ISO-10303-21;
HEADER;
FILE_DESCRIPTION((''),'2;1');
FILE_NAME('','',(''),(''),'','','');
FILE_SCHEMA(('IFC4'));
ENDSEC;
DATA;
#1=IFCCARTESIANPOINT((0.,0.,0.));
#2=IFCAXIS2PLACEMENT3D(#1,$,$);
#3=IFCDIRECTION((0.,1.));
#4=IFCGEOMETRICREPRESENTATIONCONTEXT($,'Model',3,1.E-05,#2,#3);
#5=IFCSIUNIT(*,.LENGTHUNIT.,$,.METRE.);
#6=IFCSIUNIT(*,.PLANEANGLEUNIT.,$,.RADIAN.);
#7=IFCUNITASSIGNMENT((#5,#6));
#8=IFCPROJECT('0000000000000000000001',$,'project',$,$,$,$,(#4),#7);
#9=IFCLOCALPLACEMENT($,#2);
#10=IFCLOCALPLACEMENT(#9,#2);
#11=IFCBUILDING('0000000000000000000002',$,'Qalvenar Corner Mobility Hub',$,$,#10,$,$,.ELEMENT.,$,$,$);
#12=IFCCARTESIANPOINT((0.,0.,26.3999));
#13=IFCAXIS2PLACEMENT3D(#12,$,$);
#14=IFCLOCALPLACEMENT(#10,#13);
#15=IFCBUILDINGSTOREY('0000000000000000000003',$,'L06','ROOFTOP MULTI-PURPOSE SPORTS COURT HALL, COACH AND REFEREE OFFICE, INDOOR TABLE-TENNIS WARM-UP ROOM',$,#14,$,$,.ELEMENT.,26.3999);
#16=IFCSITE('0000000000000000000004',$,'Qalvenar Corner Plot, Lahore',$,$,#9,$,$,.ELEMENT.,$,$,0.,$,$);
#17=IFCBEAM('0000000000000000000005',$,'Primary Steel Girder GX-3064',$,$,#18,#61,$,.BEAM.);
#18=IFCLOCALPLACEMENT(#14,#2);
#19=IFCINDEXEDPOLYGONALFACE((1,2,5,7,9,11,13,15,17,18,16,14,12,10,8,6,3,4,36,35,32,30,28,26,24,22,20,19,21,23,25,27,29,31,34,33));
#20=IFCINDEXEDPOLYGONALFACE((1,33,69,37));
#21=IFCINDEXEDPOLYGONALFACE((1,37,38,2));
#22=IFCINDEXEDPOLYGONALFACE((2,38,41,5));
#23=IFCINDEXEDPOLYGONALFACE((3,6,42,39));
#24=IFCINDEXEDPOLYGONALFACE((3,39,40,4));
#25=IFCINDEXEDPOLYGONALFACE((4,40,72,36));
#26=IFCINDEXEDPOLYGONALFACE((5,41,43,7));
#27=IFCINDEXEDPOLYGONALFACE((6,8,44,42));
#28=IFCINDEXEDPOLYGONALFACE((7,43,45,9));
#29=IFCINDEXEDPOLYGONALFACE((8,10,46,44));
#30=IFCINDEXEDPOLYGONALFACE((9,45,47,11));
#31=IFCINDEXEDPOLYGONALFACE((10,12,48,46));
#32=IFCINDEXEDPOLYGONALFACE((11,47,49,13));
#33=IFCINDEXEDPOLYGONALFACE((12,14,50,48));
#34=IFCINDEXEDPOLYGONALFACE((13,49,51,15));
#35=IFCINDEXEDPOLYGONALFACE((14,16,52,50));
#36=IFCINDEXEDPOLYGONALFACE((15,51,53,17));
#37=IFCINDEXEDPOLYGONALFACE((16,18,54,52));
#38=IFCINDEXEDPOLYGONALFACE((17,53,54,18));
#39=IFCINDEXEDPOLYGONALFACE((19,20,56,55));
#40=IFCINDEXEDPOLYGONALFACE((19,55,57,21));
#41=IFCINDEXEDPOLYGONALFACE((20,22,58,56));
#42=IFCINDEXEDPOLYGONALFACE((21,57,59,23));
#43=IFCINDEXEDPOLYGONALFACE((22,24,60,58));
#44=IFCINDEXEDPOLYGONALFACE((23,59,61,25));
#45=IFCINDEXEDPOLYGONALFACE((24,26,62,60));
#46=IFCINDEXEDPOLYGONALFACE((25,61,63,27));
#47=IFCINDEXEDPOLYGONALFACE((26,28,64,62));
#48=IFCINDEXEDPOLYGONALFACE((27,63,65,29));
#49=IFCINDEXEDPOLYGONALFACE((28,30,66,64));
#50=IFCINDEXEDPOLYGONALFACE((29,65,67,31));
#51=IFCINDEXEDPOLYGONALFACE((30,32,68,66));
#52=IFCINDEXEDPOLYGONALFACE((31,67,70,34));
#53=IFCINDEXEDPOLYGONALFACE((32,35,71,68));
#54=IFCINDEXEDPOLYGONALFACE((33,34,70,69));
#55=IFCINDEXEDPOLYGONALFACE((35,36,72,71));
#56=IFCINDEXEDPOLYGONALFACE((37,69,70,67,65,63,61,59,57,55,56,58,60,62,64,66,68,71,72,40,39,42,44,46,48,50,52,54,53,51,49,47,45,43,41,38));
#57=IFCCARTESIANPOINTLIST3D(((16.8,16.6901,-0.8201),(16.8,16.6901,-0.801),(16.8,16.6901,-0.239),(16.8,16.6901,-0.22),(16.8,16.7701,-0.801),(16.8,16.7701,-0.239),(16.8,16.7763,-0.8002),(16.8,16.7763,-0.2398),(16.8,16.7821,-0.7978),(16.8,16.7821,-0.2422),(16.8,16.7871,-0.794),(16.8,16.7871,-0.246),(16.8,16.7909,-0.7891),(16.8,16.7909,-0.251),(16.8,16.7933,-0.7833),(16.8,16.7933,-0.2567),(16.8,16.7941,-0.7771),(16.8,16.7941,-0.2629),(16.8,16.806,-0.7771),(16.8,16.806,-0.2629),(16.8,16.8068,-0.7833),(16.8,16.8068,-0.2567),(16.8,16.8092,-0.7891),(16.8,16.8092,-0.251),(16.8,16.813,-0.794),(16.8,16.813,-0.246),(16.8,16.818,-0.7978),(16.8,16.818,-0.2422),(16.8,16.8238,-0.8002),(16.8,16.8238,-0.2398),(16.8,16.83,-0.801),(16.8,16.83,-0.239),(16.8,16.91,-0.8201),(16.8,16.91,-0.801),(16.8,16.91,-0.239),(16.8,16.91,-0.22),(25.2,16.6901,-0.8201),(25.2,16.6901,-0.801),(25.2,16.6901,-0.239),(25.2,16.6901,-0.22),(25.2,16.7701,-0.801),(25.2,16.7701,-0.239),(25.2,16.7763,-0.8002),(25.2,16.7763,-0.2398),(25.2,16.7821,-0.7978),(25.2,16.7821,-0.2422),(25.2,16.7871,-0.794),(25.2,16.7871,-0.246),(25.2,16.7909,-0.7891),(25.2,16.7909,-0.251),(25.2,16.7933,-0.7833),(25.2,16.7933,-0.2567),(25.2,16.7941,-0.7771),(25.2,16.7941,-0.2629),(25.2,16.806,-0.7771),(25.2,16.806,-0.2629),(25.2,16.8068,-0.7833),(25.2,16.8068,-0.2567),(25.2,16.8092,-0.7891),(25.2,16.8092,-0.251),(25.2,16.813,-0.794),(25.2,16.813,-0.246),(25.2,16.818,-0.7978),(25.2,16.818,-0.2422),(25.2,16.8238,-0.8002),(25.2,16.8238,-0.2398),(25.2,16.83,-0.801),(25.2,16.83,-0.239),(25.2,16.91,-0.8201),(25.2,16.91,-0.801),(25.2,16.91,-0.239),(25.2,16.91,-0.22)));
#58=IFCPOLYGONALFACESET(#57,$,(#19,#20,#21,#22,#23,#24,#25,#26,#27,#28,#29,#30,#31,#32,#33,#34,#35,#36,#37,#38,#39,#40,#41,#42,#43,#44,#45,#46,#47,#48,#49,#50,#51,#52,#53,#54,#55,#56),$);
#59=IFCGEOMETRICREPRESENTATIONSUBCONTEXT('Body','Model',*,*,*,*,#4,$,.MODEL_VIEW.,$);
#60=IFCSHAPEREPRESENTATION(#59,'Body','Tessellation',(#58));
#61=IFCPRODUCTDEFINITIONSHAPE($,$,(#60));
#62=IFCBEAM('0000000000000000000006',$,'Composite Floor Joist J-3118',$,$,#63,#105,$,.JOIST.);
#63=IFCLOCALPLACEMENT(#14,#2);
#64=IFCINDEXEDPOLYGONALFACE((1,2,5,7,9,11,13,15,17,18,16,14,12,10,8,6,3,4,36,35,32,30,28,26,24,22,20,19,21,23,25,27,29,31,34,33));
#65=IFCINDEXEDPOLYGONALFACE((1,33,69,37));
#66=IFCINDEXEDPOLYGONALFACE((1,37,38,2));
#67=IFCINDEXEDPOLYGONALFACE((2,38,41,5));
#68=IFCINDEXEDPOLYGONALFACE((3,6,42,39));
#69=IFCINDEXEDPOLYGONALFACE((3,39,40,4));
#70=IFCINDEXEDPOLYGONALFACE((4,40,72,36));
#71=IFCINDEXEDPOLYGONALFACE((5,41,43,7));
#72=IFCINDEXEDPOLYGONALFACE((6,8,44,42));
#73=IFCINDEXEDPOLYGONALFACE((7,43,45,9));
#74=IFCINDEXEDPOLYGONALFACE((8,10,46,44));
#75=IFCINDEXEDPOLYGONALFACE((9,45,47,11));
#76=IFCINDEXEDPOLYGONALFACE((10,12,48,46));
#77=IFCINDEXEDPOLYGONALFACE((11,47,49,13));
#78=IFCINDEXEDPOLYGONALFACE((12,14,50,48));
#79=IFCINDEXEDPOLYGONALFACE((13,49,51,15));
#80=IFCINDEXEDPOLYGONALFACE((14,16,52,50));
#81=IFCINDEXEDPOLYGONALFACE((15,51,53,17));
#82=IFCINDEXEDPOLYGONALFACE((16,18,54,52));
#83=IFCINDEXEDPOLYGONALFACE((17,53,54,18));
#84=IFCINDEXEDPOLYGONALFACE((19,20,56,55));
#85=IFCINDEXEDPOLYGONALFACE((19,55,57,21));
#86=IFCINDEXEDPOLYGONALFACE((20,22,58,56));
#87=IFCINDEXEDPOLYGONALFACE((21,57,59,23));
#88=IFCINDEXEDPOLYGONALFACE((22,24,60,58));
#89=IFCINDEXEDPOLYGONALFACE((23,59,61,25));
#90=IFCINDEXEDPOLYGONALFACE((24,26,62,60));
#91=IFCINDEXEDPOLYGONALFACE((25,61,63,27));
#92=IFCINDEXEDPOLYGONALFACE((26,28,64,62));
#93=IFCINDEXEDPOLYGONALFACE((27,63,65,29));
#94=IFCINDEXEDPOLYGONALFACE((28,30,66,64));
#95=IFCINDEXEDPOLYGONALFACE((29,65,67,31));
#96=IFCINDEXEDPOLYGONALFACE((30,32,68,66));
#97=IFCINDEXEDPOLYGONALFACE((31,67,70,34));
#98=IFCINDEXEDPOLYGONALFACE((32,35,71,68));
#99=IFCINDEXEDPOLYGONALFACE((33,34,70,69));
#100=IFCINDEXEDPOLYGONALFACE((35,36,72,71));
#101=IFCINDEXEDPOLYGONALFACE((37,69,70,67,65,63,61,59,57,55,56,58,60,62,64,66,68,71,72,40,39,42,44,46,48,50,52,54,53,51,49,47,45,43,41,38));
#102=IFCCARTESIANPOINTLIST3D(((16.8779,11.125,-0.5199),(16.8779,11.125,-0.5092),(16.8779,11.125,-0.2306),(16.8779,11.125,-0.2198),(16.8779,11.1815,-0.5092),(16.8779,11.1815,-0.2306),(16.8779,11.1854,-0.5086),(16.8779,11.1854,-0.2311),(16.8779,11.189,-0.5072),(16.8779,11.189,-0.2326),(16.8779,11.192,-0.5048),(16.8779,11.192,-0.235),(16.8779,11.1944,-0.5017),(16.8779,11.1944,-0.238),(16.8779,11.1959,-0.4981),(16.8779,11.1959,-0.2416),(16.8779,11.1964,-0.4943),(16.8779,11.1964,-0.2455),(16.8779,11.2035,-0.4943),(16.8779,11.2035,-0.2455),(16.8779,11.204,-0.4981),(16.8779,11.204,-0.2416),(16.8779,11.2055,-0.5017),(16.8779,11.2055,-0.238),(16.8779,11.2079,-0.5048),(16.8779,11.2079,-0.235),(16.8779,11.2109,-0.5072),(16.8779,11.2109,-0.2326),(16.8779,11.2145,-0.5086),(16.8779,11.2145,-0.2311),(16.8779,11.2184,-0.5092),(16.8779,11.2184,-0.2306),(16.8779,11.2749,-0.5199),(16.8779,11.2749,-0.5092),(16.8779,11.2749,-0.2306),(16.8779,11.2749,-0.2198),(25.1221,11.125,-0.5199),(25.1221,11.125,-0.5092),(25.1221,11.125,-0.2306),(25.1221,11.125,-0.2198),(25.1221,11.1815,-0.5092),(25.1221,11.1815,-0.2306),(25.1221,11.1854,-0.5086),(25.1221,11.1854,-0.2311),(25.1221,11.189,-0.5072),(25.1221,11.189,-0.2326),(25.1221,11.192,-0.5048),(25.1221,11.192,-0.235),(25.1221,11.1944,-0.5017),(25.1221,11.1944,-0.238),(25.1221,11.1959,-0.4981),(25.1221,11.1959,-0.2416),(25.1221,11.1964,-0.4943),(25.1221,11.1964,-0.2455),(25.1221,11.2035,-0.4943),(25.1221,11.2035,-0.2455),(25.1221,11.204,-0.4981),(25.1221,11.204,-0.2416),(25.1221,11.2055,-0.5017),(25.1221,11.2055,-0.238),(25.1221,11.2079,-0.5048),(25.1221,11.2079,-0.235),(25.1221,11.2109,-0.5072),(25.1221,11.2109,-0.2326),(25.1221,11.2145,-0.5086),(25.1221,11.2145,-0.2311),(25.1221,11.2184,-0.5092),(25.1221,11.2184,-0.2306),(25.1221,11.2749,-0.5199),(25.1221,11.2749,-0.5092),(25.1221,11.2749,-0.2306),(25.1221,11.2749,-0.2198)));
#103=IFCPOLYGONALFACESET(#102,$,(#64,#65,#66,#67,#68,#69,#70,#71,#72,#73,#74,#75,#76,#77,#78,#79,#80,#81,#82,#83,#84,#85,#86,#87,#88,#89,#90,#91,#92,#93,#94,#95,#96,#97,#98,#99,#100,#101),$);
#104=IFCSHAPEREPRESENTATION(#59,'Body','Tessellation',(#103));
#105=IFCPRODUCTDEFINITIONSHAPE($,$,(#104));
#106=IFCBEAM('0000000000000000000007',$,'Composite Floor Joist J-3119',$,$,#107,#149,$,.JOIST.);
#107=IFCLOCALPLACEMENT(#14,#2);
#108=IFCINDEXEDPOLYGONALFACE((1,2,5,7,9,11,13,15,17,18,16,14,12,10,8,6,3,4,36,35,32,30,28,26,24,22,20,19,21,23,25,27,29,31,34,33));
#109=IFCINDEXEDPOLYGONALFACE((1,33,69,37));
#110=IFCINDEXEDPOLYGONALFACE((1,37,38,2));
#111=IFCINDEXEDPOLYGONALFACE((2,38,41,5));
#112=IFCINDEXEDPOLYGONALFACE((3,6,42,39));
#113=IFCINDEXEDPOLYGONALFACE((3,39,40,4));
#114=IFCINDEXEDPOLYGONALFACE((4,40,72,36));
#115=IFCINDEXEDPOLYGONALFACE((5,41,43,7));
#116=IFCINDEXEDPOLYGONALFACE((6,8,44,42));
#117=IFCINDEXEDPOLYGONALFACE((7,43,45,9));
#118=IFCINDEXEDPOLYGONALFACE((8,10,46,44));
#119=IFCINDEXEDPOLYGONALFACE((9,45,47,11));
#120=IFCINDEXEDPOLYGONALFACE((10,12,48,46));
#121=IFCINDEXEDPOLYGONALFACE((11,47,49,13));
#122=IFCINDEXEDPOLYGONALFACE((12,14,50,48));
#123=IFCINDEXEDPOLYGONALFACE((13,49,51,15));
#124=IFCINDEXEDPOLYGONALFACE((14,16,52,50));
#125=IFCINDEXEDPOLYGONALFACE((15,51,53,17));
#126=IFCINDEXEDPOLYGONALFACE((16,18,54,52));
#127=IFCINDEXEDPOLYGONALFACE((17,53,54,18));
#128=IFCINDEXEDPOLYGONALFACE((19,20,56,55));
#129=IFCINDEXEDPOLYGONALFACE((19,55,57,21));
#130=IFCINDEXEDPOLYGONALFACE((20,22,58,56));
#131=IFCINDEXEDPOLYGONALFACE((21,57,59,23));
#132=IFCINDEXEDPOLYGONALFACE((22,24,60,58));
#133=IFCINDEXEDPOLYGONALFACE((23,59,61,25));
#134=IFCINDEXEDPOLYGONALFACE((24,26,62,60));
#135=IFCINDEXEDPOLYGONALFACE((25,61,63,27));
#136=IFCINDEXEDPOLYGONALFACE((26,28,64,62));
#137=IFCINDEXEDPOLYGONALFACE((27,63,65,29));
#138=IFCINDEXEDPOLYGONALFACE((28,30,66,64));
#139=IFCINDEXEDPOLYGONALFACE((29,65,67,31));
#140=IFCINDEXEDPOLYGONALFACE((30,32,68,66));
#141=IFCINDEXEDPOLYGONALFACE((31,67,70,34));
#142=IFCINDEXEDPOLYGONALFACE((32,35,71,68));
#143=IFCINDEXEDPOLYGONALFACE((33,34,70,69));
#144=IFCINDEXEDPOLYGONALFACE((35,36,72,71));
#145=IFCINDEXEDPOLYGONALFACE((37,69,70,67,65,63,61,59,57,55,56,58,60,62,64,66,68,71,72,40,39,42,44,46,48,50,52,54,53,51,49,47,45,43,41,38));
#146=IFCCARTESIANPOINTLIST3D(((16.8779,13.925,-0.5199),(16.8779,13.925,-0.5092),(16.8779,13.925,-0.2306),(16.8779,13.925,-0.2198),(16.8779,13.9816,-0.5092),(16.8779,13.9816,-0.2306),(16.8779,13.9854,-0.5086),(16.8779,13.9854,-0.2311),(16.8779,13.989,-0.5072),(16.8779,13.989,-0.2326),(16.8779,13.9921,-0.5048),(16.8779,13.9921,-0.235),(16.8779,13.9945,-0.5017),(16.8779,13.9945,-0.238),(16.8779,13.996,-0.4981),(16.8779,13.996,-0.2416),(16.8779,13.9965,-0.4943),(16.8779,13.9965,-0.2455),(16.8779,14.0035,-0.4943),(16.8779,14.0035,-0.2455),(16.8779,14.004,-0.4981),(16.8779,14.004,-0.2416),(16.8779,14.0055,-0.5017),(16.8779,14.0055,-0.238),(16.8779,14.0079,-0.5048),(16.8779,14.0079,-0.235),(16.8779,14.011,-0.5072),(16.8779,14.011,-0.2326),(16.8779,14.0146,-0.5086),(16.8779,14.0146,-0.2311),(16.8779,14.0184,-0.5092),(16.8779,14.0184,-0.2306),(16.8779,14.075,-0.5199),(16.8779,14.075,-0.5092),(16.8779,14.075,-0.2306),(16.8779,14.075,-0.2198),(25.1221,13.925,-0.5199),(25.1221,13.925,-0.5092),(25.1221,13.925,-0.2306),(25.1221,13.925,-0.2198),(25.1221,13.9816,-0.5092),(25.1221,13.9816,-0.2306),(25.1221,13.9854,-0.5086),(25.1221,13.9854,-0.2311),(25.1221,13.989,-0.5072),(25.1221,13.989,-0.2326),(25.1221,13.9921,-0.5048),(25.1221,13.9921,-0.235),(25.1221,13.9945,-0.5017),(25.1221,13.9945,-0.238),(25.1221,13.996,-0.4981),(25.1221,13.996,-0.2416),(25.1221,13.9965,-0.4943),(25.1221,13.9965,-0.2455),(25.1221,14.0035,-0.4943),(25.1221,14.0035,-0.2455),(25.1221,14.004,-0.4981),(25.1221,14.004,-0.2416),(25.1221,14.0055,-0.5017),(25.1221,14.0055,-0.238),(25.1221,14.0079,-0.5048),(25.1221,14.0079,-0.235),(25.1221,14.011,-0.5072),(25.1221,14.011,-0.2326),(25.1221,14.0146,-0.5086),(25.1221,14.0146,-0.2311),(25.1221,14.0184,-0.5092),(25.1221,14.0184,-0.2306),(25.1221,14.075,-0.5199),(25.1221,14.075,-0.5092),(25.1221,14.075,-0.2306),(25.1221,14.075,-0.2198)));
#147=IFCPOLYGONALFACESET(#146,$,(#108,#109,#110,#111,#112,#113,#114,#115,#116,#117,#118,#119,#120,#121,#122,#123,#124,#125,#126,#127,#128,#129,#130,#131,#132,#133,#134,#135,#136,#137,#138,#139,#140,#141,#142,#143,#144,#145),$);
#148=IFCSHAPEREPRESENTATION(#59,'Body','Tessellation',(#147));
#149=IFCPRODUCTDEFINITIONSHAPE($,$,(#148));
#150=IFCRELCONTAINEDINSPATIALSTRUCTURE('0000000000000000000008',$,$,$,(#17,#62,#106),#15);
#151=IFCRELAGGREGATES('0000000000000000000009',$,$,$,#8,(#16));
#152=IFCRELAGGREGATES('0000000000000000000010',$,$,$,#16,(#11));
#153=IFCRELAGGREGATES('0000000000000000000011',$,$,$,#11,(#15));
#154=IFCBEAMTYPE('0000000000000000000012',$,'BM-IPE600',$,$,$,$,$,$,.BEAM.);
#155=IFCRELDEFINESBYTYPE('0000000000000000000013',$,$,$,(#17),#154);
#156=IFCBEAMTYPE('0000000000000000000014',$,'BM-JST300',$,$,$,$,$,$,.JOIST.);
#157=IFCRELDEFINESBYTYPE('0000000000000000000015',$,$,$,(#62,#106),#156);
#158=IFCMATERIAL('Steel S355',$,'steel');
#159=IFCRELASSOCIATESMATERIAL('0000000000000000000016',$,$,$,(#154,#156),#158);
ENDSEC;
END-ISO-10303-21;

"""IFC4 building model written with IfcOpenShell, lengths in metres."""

from ifc_helpers import new_model, si_unit, direction, frame, origin, origin_2d, place, context, subcontext, project, spatial, i_section, extrude, material, material_profile, profile_set, type_object, element, save


model = new_model("IFC4")

# Units and contexts
model_context = context("Model", 3, precision=1e-05, world=origin(), true_north=direction((0.0, 1.0)))
body_context = subcontext(model_context, "Body", "Model", "MODEL_VIEW")
ifc_project = project(units=[si_unit("LENGTHUNIT", "METRE"), si_unit("PLANEANGLEUNIT", "RADIAN")], contexts=[model_context])

# Site, building, storey
site_placement = place(None, origin())
site = spatial("IfcSite", under=ifc_project, at=site_placement, Name="Qalvenar Corner Plot, Lahore", CompositionType="ELEMENT", RefElevation=0.0)
building_placement = place(site_placement, origin())
building = spatial("IfcBuilding", under=site, at=building_placement, Name="Qalvenar Corner Mobility Hub", CompositionType="ELEMENT")
storey_placement = place(building_placement, frame((0.0, 0.0, 26.3999)))
storey = spatial("IfcBuildingStorey", under=building, at=storey_placement, Name="L06", Description="ROOFTOP MULTI-PURPOSE SPORTS COURT HALL, COACH AND REFEREE OFFICE, INDOOR TABLE-TENNIS WARM-UP ROOM", CompositionType="ELEMENT", Elevation=26.3999)

# Shared definitions
ifc_material_1 = material(Name="Steel S355", Category="steel")

# Beams
ifc_material_profile_1 = material_profile(ifc_material_1, i_section(OverallWidth=0.22, OverallDepth=0.6001, WebThickness=0.012, FlangeThickness=0.019, FilletRadius=0.0239, at=origin_2d()), Name="IPE600")
ifc_profile_set_1 = profile_set([ifc_material_profile_1], Name="Steel S355")
beam_type_1 = type_object("IfcBeamType", Name="BM-IPE600", PredefinedType="BEAM", material=ifc_profile_set_1)
for number, where, z_axis, x_axis, name in (
    (1, (16.8, 16.8, -0.52), (1.0, 0.0, 0.0), (0.0, 1.0, 0.0), "Primary Steel Girder GX-3064"),
):
    element("IfcBeam", number, at=place(storey_placement, frame(where, z_axis=z_axis, x_axis=x_axis)), inside=storey, type_object=beam_type_1, Name=name, PredefinedType="BEAM", context=body_context, shape_type="SweptSolid", body=[
        extrude(i_section(OverallWidth=0.22, OverallDepth=0.6001, WebThickness=0.012, FlangeThickness=0.019, FilletRadius=0.0239, at=origin_2d()), origin(), (0.0, 0.0, 1.0), 8.3999),
    ])
ifc_material_profile_2 = material_profile(ifc_material_1, i_section(OverallWidth=0.1499, OverallDepth=0.3, WebThickness=0.0071, FlangeThickness=0.0107, FilletRadius=0.0149, at=origin_2d()), Name="IPE300")
ifc_profile_set_2 = profile_set([ifc_material_profile_2], Name="Steel S355")
beam_type_2 = type_object("IfcBeamType", Name="BM-JST300", PredefinedType="JOIST", material=ifc_profile_set_2)
for number, where, z_axis, x_axis, name in (
    (2, (16.8779, 11.2, -0.3699), (1.0, 0.0, 0.0), (0.0, 1.0, 0.0), "Composite Floor Joist J-3118"),
    (3, (16.8779, 14.0, -0.3699), (1.0, 0.0, 0.0), (0.0, 1.0, 0.0), "Composite Floor Joist J-3119"),
):
    element("IfcBeam", number, at=place(storey_placement, frame(where, z_axis=z_axis, x_axis=x_axis)), inside=storey, type_object=beam_type_2, Name=name, PredefinedType="JOIST", context=body_context, shape_type="SweptSolid", body=[
        extrude(i_section(OverallWidth=0.1499, OverallDepth=0.3, WebThickness=0.0071, FlangeThickness=0.0107, FilletRadius=0.0149, at=origin_2d()), origin(), (0.0, 0.0, 1.0), 8.2441),
    ])

save(model, "model.ifc")
